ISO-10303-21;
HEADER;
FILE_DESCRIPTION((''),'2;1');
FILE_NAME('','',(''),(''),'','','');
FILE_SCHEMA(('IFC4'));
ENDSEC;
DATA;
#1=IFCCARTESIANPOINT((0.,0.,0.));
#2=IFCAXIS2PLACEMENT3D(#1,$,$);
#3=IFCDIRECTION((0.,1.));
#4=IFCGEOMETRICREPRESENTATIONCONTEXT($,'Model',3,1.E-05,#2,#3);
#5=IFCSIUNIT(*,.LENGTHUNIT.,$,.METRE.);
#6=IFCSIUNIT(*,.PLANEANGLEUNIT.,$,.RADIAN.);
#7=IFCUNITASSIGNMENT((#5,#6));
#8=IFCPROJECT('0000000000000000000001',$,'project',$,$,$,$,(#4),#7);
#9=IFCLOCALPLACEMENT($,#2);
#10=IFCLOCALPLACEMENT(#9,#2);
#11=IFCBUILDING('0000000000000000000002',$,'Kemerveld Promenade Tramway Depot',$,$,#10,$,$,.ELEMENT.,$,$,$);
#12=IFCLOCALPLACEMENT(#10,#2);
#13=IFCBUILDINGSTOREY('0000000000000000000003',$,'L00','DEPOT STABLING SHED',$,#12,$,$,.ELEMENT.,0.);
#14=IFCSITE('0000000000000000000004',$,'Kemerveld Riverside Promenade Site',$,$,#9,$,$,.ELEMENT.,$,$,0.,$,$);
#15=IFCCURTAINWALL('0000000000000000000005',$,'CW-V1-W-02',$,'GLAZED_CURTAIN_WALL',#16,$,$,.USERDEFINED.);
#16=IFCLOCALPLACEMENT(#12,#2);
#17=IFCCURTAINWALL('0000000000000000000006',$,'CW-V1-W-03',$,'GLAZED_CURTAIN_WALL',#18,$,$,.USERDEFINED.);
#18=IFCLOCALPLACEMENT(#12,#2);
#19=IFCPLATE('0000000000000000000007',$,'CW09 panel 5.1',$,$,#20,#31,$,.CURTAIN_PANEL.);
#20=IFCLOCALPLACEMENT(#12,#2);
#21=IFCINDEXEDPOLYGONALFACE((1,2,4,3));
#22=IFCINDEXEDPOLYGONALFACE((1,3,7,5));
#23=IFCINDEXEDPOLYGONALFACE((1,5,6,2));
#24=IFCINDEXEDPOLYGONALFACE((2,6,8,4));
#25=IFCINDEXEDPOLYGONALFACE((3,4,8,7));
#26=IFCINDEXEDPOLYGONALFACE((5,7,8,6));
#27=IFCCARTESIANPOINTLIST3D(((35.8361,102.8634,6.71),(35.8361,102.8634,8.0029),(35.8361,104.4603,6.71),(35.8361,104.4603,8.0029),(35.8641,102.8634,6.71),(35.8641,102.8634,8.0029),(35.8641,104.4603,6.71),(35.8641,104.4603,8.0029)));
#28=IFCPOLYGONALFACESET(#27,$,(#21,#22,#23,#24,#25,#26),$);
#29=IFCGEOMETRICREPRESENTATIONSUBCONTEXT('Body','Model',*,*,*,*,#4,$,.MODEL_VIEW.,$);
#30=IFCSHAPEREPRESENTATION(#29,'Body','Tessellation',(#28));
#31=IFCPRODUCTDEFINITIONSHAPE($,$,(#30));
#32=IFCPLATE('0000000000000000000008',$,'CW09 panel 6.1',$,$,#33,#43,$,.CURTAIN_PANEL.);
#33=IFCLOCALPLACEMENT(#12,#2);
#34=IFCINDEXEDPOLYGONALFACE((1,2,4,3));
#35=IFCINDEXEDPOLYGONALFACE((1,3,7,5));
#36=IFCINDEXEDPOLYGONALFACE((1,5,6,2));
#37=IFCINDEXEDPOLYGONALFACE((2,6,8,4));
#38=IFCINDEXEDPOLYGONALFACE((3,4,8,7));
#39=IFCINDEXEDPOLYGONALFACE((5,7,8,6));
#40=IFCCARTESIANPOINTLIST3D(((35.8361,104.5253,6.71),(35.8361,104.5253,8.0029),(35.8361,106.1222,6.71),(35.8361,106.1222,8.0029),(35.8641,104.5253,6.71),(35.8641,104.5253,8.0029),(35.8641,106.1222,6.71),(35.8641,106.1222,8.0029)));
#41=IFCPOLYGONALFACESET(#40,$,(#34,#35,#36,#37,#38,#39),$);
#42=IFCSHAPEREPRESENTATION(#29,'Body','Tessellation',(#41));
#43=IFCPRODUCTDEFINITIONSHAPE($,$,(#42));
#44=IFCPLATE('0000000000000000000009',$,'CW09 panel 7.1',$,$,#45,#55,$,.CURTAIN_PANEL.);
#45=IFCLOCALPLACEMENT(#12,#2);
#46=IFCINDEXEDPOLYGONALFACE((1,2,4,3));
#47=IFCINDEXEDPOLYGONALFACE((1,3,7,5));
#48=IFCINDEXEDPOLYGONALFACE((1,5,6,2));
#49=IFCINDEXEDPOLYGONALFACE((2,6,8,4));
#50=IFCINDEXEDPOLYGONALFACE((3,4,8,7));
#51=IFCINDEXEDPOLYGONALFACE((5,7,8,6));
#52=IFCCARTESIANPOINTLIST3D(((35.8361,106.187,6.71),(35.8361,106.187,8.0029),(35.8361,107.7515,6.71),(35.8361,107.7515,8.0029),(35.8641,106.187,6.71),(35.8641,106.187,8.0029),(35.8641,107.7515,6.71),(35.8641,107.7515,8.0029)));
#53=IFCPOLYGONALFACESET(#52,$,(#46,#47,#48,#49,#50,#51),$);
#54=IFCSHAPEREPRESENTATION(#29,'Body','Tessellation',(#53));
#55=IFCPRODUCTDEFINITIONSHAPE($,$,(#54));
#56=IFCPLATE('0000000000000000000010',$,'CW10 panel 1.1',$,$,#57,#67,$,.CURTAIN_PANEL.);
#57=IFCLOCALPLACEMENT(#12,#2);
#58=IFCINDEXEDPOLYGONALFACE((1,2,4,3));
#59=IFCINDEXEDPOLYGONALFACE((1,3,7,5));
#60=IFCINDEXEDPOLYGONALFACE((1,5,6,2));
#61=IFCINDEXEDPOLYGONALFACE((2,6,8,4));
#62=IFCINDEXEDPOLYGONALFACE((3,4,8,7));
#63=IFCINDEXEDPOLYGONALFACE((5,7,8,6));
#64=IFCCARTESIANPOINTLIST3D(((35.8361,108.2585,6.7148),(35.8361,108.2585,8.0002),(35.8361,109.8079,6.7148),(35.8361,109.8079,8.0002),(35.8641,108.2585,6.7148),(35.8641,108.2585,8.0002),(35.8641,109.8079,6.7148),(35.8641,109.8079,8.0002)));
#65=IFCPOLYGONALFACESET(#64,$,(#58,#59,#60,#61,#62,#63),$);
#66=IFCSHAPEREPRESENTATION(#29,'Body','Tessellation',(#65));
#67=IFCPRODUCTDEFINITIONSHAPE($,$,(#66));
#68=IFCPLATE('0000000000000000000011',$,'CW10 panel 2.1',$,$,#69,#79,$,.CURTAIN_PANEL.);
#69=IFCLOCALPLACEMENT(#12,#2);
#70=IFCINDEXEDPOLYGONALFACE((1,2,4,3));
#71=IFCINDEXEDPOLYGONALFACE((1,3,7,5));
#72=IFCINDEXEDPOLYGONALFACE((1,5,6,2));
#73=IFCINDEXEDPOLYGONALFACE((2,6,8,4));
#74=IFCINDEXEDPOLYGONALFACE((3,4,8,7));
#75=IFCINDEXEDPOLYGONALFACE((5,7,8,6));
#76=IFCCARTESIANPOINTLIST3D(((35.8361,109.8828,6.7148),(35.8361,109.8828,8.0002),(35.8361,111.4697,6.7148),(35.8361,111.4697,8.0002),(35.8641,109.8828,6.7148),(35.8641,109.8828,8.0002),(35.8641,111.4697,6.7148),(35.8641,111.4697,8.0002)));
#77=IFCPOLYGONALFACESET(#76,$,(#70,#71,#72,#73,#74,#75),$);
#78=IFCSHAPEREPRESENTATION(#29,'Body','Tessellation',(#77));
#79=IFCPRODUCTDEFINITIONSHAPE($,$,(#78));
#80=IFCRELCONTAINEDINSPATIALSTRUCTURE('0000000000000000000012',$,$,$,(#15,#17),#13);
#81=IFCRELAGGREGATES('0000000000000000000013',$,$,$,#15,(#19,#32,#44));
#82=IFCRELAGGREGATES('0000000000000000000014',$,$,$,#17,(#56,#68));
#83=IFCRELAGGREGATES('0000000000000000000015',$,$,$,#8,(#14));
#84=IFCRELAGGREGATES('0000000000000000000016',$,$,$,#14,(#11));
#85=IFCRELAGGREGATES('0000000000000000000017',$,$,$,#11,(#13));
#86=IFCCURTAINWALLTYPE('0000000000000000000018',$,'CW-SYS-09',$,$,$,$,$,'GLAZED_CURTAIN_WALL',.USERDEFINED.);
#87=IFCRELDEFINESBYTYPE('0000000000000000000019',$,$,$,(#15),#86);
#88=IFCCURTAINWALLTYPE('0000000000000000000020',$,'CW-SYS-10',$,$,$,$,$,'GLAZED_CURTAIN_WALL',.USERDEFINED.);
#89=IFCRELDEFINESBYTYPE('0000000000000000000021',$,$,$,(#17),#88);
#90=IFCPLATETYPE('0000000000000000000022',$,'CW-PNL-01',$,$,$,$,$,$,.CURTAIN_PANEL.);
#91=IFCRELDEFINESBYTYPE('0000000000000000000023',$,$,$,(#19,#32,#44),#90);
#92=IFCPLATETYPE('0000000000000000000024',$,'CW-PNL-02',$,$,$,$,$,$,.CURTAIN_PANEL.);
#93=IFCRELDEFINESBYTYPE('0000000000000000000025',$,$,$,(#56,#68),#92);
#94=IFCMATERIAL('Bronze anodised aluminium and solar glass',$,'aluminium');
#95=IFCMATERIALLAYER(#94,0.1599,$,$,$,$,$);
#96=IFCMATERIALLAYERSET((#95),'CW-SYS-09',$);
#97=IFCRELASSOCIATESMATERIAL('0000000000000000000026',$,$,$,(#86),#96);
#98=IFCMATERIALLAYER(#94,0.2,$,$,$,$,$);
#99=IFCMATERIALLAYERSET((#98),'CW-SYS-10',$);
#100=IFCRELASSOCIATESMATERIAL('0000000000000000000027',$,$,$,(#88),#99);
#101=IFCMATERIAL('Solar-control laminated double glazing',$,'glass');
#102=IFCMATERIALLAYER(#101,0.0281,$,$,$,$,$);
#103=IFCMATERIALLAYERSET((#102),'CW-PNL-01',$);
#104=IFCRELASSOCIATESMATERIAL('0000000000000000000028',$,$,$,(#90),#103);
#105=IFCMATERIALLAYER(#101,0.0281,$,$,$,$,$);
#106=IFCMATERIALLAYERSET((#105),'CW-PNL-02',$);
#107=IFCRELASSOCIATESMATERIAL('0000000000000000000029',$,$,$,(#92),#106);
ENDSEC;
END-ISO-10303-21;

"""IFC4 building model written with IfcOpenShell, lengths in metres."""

from ifc_helpers import new_model, si_unit, direction, frame, origin, origin_2d, place, context, subcontext, project, spatial, rectangle, extrude, material, layer, layer_set, type_object, element, aggregate, save


model = new_model("IFC4")

# Units and contexts
model_context = context("Model", 3, precision=1e-05, world=origin(), true_north=direction((0.0, 1.0)))
body_context = subcontext(model_context, "Body", "Model", "MODEL_VIEW")
ifc_project = project(units=[si_unit("LENGTHUNIT", "METRE"), si_unit("PLANEANGLEUNIT", "RADIAN")], contexts=[model_context])

# Site, building, storey
site_placement = place(None, origin())
site = spatial("IfcSite", under=ifc_project, at=site_placement, Name="Kemerveld Riverside Promenade Site", CompositionType="ELEMENT", RefElevation=0.0)
building_placement = place(site_placement, origin())
building = spatial("IfcBuilding", under=site, at=building_placement, Name="Kemerveld Promenade Tramway Depot", CompositionType="ELEMENT")
storey_placement = place(building_placement, origin())
storey = spatial("IfcBuildingStorey", under=building, at=storey_placement, Name="L00", Description="DEPOT STABLING SHED", CompositionType="ELEMENT", Elevation=0.0)

# Curtain walls
ifc_material_1 = material(Name="Bronze anodised aluminium and solar glass", Category="aluminium")
ifc_layer_1 = layer(ifc_material_1, 0.1599)
ifc_layer_set_1 = layer_set([ifc_layer_1], Name="CW-SYS-09")
curtain_wall_type_1 = type_object("IfcCurtainWallType", Name="CW-SYS-09", ElementType="GLAZED_CURTAIN_WALL", PredefinedType="USERDEFINED", material=ifc_layer_set_1)
curtain_wall_1_placement = place(storey_placement, origin())
curtain_wall_1 = element("IfcCurtainWall", 1, at=curtain_wall_1_placement, inside=storey, type_object=curtain_wall_type_1, Name="CW-V1-W-02", ObjectType="GLAZED_CURTAIN_WALL", PredefinedType="USERDEFINED")
ifc_layer_2 = layer(ifc_material_1, 0.2)
ifc_layer_set_2 = layer_set([ifc_layer_2], Name="CW-SYS-10")
curtain_wall_type_2 = type_object("IfcCurtainWallType", Name="CW-SYS-10", ElementType="GLAZED_CURTAIN_WALL", PredefinedType="USERDEFINED", material=ifc_layer_set_2)
curtain_wall_2_placement = place(storey_placement, origin())
curtain_wall_2 = element("IfcCurtainWall", 2, at=curtain_wall_2_placement, inside=storey, type_object=curtain_wall_type_2, Name="CW-V1-W-03", ObjectType="GLAZED_CURTAIN_WALL", PredefinedType="USERDEFINED")

# Plates
ifc_material_2 = material(Name="Solar-control laminated double glazing", Category="glass")
ifc_layer_3 = layer(ifc_material_2, 0.0281)
ifc_layer_set_3 = layer_set([ifc_layer_3], Name="CW-PNL-01")
plate_type_1 = type_object("IfcPlateType", Name="CW-PNL-01", PredefinedType="CURTAIN_PANEL", material=ifc_layer_set_3)
plate_1_placement = place(storey_placement, frame((35.8501, 103.6619, 6.71), z_axis=(0.0, 0.0, 1.0), x_axis=(0.0, 1.0, 0.0)))
plate_1 = element("IfcPlate", 3, at=plate_1_placement, type_object=plate_type_1, Name="CW09 panel 5.1", PredefinedType="CURTAIN_PANEL", context=body_context, shape_type="SweptSolid", body=[
    extrude(rectangle(XDim=1.5969, YDim=0.0281, at=origin_2d()), origin(), (0.0, 0.0, 1.0), 1.293),
])
plate_2_placement = place(storey_placement, frame((35.8501, 105.3237, 6.71), z_axis=(0.0, 0.0, 1.0), x_axis=(0.0, 1.0, 0.0)))
plate_2 = element("IfcPlate", 4, at=plate_2_placement, type_object=plate_type_1, Name="CW09 panel 6.1", PredefinedType="CURTAIN_PANEL", context=body_context, shape_type="SweptSolid", body=[
    extrude(rectangle(XDim=1.5969, YDim=0.0281, at=origin_2d()), origin(), (0.0, 0.0, 1.0), 1.293),
])
plate_3_placement = place(storey_placement, frame((35.8501, 106.9692, 6.71), z_axis=(0.0, 0.0, 1.0), x_axis=(0.0, 1.0, 0.0)))
plate_3 = element("IfcPlate", 5, at=plate_3_placement, type_object=plate_type_1, Name="CW09 panel 7.1", PredefinedType="CURTAIN_PANEL", context=body_context, shape_type="SweptSolid", body=[
    extrude(rectangle(XDim=1.5645, YDim=0.0281, at=origin_2d()), origin(), (0.0, 0.0, 1.0), 1.293),
])
aggregate(curtain_wall_1, [plate_1, plate_2, plate_3])
ifc_layer_4 = layer(ifc_material_2, 0.0281)
ifc_layer_set_4 = layer_set([ifc_layer_4], Name="CW-PNL-02")
plate_type_2 = type_object("IfcPlateType", Name="CW-PNL-02", PredefinedType="CURTAIN_PANEL", material=ifc_layer_set_4)
plate_4_placement = place(storey_placement, frame((35.8501, 109.0332, 6.7148), z_axis=(0.0, 0.0, 1.0), x_axis=(0.0, 1.0, 0.0)))
plate_4 = element("IfcPlate", 6, at=plate_4_placement, type_object=plate_type_2, Name="CW10 panel 1.1", PredefinedType="CURTAIN_PANEL", context=body_context, shape_type="SweptSolid", body=[
    extrude(rectangle(XDim=1.5493, YDim=0.0281, at=origin_2d()), origin(), (0.0, 0.0, 1.0), 1.2854),
])
plate_5_placement = place(storey_placement, frame((35.8501, 110.6763, 6.7148), z_axis=(0.0, 0.0, 1.0), x_axis=(0.0, 1.0, 0.0)))
plate_5 = element("IfcPlate", 7, at=plate_5_placement, type_object=plate_type_2, Name="CW10 panel 2.1", PredefinedType="CURTAIN_PANEL", context=body_context, shape_type="SweptSolid", body=[
    extrude(rectangle(XDim=1.5869, YDim=0.0281, at=origin_2d()), origin(), (0.0, 0.0, 1.0), 1.2854),
])
aggregate(curtain_wall_2, [plate_4, plate_5])

save(model, "model.ifc")
